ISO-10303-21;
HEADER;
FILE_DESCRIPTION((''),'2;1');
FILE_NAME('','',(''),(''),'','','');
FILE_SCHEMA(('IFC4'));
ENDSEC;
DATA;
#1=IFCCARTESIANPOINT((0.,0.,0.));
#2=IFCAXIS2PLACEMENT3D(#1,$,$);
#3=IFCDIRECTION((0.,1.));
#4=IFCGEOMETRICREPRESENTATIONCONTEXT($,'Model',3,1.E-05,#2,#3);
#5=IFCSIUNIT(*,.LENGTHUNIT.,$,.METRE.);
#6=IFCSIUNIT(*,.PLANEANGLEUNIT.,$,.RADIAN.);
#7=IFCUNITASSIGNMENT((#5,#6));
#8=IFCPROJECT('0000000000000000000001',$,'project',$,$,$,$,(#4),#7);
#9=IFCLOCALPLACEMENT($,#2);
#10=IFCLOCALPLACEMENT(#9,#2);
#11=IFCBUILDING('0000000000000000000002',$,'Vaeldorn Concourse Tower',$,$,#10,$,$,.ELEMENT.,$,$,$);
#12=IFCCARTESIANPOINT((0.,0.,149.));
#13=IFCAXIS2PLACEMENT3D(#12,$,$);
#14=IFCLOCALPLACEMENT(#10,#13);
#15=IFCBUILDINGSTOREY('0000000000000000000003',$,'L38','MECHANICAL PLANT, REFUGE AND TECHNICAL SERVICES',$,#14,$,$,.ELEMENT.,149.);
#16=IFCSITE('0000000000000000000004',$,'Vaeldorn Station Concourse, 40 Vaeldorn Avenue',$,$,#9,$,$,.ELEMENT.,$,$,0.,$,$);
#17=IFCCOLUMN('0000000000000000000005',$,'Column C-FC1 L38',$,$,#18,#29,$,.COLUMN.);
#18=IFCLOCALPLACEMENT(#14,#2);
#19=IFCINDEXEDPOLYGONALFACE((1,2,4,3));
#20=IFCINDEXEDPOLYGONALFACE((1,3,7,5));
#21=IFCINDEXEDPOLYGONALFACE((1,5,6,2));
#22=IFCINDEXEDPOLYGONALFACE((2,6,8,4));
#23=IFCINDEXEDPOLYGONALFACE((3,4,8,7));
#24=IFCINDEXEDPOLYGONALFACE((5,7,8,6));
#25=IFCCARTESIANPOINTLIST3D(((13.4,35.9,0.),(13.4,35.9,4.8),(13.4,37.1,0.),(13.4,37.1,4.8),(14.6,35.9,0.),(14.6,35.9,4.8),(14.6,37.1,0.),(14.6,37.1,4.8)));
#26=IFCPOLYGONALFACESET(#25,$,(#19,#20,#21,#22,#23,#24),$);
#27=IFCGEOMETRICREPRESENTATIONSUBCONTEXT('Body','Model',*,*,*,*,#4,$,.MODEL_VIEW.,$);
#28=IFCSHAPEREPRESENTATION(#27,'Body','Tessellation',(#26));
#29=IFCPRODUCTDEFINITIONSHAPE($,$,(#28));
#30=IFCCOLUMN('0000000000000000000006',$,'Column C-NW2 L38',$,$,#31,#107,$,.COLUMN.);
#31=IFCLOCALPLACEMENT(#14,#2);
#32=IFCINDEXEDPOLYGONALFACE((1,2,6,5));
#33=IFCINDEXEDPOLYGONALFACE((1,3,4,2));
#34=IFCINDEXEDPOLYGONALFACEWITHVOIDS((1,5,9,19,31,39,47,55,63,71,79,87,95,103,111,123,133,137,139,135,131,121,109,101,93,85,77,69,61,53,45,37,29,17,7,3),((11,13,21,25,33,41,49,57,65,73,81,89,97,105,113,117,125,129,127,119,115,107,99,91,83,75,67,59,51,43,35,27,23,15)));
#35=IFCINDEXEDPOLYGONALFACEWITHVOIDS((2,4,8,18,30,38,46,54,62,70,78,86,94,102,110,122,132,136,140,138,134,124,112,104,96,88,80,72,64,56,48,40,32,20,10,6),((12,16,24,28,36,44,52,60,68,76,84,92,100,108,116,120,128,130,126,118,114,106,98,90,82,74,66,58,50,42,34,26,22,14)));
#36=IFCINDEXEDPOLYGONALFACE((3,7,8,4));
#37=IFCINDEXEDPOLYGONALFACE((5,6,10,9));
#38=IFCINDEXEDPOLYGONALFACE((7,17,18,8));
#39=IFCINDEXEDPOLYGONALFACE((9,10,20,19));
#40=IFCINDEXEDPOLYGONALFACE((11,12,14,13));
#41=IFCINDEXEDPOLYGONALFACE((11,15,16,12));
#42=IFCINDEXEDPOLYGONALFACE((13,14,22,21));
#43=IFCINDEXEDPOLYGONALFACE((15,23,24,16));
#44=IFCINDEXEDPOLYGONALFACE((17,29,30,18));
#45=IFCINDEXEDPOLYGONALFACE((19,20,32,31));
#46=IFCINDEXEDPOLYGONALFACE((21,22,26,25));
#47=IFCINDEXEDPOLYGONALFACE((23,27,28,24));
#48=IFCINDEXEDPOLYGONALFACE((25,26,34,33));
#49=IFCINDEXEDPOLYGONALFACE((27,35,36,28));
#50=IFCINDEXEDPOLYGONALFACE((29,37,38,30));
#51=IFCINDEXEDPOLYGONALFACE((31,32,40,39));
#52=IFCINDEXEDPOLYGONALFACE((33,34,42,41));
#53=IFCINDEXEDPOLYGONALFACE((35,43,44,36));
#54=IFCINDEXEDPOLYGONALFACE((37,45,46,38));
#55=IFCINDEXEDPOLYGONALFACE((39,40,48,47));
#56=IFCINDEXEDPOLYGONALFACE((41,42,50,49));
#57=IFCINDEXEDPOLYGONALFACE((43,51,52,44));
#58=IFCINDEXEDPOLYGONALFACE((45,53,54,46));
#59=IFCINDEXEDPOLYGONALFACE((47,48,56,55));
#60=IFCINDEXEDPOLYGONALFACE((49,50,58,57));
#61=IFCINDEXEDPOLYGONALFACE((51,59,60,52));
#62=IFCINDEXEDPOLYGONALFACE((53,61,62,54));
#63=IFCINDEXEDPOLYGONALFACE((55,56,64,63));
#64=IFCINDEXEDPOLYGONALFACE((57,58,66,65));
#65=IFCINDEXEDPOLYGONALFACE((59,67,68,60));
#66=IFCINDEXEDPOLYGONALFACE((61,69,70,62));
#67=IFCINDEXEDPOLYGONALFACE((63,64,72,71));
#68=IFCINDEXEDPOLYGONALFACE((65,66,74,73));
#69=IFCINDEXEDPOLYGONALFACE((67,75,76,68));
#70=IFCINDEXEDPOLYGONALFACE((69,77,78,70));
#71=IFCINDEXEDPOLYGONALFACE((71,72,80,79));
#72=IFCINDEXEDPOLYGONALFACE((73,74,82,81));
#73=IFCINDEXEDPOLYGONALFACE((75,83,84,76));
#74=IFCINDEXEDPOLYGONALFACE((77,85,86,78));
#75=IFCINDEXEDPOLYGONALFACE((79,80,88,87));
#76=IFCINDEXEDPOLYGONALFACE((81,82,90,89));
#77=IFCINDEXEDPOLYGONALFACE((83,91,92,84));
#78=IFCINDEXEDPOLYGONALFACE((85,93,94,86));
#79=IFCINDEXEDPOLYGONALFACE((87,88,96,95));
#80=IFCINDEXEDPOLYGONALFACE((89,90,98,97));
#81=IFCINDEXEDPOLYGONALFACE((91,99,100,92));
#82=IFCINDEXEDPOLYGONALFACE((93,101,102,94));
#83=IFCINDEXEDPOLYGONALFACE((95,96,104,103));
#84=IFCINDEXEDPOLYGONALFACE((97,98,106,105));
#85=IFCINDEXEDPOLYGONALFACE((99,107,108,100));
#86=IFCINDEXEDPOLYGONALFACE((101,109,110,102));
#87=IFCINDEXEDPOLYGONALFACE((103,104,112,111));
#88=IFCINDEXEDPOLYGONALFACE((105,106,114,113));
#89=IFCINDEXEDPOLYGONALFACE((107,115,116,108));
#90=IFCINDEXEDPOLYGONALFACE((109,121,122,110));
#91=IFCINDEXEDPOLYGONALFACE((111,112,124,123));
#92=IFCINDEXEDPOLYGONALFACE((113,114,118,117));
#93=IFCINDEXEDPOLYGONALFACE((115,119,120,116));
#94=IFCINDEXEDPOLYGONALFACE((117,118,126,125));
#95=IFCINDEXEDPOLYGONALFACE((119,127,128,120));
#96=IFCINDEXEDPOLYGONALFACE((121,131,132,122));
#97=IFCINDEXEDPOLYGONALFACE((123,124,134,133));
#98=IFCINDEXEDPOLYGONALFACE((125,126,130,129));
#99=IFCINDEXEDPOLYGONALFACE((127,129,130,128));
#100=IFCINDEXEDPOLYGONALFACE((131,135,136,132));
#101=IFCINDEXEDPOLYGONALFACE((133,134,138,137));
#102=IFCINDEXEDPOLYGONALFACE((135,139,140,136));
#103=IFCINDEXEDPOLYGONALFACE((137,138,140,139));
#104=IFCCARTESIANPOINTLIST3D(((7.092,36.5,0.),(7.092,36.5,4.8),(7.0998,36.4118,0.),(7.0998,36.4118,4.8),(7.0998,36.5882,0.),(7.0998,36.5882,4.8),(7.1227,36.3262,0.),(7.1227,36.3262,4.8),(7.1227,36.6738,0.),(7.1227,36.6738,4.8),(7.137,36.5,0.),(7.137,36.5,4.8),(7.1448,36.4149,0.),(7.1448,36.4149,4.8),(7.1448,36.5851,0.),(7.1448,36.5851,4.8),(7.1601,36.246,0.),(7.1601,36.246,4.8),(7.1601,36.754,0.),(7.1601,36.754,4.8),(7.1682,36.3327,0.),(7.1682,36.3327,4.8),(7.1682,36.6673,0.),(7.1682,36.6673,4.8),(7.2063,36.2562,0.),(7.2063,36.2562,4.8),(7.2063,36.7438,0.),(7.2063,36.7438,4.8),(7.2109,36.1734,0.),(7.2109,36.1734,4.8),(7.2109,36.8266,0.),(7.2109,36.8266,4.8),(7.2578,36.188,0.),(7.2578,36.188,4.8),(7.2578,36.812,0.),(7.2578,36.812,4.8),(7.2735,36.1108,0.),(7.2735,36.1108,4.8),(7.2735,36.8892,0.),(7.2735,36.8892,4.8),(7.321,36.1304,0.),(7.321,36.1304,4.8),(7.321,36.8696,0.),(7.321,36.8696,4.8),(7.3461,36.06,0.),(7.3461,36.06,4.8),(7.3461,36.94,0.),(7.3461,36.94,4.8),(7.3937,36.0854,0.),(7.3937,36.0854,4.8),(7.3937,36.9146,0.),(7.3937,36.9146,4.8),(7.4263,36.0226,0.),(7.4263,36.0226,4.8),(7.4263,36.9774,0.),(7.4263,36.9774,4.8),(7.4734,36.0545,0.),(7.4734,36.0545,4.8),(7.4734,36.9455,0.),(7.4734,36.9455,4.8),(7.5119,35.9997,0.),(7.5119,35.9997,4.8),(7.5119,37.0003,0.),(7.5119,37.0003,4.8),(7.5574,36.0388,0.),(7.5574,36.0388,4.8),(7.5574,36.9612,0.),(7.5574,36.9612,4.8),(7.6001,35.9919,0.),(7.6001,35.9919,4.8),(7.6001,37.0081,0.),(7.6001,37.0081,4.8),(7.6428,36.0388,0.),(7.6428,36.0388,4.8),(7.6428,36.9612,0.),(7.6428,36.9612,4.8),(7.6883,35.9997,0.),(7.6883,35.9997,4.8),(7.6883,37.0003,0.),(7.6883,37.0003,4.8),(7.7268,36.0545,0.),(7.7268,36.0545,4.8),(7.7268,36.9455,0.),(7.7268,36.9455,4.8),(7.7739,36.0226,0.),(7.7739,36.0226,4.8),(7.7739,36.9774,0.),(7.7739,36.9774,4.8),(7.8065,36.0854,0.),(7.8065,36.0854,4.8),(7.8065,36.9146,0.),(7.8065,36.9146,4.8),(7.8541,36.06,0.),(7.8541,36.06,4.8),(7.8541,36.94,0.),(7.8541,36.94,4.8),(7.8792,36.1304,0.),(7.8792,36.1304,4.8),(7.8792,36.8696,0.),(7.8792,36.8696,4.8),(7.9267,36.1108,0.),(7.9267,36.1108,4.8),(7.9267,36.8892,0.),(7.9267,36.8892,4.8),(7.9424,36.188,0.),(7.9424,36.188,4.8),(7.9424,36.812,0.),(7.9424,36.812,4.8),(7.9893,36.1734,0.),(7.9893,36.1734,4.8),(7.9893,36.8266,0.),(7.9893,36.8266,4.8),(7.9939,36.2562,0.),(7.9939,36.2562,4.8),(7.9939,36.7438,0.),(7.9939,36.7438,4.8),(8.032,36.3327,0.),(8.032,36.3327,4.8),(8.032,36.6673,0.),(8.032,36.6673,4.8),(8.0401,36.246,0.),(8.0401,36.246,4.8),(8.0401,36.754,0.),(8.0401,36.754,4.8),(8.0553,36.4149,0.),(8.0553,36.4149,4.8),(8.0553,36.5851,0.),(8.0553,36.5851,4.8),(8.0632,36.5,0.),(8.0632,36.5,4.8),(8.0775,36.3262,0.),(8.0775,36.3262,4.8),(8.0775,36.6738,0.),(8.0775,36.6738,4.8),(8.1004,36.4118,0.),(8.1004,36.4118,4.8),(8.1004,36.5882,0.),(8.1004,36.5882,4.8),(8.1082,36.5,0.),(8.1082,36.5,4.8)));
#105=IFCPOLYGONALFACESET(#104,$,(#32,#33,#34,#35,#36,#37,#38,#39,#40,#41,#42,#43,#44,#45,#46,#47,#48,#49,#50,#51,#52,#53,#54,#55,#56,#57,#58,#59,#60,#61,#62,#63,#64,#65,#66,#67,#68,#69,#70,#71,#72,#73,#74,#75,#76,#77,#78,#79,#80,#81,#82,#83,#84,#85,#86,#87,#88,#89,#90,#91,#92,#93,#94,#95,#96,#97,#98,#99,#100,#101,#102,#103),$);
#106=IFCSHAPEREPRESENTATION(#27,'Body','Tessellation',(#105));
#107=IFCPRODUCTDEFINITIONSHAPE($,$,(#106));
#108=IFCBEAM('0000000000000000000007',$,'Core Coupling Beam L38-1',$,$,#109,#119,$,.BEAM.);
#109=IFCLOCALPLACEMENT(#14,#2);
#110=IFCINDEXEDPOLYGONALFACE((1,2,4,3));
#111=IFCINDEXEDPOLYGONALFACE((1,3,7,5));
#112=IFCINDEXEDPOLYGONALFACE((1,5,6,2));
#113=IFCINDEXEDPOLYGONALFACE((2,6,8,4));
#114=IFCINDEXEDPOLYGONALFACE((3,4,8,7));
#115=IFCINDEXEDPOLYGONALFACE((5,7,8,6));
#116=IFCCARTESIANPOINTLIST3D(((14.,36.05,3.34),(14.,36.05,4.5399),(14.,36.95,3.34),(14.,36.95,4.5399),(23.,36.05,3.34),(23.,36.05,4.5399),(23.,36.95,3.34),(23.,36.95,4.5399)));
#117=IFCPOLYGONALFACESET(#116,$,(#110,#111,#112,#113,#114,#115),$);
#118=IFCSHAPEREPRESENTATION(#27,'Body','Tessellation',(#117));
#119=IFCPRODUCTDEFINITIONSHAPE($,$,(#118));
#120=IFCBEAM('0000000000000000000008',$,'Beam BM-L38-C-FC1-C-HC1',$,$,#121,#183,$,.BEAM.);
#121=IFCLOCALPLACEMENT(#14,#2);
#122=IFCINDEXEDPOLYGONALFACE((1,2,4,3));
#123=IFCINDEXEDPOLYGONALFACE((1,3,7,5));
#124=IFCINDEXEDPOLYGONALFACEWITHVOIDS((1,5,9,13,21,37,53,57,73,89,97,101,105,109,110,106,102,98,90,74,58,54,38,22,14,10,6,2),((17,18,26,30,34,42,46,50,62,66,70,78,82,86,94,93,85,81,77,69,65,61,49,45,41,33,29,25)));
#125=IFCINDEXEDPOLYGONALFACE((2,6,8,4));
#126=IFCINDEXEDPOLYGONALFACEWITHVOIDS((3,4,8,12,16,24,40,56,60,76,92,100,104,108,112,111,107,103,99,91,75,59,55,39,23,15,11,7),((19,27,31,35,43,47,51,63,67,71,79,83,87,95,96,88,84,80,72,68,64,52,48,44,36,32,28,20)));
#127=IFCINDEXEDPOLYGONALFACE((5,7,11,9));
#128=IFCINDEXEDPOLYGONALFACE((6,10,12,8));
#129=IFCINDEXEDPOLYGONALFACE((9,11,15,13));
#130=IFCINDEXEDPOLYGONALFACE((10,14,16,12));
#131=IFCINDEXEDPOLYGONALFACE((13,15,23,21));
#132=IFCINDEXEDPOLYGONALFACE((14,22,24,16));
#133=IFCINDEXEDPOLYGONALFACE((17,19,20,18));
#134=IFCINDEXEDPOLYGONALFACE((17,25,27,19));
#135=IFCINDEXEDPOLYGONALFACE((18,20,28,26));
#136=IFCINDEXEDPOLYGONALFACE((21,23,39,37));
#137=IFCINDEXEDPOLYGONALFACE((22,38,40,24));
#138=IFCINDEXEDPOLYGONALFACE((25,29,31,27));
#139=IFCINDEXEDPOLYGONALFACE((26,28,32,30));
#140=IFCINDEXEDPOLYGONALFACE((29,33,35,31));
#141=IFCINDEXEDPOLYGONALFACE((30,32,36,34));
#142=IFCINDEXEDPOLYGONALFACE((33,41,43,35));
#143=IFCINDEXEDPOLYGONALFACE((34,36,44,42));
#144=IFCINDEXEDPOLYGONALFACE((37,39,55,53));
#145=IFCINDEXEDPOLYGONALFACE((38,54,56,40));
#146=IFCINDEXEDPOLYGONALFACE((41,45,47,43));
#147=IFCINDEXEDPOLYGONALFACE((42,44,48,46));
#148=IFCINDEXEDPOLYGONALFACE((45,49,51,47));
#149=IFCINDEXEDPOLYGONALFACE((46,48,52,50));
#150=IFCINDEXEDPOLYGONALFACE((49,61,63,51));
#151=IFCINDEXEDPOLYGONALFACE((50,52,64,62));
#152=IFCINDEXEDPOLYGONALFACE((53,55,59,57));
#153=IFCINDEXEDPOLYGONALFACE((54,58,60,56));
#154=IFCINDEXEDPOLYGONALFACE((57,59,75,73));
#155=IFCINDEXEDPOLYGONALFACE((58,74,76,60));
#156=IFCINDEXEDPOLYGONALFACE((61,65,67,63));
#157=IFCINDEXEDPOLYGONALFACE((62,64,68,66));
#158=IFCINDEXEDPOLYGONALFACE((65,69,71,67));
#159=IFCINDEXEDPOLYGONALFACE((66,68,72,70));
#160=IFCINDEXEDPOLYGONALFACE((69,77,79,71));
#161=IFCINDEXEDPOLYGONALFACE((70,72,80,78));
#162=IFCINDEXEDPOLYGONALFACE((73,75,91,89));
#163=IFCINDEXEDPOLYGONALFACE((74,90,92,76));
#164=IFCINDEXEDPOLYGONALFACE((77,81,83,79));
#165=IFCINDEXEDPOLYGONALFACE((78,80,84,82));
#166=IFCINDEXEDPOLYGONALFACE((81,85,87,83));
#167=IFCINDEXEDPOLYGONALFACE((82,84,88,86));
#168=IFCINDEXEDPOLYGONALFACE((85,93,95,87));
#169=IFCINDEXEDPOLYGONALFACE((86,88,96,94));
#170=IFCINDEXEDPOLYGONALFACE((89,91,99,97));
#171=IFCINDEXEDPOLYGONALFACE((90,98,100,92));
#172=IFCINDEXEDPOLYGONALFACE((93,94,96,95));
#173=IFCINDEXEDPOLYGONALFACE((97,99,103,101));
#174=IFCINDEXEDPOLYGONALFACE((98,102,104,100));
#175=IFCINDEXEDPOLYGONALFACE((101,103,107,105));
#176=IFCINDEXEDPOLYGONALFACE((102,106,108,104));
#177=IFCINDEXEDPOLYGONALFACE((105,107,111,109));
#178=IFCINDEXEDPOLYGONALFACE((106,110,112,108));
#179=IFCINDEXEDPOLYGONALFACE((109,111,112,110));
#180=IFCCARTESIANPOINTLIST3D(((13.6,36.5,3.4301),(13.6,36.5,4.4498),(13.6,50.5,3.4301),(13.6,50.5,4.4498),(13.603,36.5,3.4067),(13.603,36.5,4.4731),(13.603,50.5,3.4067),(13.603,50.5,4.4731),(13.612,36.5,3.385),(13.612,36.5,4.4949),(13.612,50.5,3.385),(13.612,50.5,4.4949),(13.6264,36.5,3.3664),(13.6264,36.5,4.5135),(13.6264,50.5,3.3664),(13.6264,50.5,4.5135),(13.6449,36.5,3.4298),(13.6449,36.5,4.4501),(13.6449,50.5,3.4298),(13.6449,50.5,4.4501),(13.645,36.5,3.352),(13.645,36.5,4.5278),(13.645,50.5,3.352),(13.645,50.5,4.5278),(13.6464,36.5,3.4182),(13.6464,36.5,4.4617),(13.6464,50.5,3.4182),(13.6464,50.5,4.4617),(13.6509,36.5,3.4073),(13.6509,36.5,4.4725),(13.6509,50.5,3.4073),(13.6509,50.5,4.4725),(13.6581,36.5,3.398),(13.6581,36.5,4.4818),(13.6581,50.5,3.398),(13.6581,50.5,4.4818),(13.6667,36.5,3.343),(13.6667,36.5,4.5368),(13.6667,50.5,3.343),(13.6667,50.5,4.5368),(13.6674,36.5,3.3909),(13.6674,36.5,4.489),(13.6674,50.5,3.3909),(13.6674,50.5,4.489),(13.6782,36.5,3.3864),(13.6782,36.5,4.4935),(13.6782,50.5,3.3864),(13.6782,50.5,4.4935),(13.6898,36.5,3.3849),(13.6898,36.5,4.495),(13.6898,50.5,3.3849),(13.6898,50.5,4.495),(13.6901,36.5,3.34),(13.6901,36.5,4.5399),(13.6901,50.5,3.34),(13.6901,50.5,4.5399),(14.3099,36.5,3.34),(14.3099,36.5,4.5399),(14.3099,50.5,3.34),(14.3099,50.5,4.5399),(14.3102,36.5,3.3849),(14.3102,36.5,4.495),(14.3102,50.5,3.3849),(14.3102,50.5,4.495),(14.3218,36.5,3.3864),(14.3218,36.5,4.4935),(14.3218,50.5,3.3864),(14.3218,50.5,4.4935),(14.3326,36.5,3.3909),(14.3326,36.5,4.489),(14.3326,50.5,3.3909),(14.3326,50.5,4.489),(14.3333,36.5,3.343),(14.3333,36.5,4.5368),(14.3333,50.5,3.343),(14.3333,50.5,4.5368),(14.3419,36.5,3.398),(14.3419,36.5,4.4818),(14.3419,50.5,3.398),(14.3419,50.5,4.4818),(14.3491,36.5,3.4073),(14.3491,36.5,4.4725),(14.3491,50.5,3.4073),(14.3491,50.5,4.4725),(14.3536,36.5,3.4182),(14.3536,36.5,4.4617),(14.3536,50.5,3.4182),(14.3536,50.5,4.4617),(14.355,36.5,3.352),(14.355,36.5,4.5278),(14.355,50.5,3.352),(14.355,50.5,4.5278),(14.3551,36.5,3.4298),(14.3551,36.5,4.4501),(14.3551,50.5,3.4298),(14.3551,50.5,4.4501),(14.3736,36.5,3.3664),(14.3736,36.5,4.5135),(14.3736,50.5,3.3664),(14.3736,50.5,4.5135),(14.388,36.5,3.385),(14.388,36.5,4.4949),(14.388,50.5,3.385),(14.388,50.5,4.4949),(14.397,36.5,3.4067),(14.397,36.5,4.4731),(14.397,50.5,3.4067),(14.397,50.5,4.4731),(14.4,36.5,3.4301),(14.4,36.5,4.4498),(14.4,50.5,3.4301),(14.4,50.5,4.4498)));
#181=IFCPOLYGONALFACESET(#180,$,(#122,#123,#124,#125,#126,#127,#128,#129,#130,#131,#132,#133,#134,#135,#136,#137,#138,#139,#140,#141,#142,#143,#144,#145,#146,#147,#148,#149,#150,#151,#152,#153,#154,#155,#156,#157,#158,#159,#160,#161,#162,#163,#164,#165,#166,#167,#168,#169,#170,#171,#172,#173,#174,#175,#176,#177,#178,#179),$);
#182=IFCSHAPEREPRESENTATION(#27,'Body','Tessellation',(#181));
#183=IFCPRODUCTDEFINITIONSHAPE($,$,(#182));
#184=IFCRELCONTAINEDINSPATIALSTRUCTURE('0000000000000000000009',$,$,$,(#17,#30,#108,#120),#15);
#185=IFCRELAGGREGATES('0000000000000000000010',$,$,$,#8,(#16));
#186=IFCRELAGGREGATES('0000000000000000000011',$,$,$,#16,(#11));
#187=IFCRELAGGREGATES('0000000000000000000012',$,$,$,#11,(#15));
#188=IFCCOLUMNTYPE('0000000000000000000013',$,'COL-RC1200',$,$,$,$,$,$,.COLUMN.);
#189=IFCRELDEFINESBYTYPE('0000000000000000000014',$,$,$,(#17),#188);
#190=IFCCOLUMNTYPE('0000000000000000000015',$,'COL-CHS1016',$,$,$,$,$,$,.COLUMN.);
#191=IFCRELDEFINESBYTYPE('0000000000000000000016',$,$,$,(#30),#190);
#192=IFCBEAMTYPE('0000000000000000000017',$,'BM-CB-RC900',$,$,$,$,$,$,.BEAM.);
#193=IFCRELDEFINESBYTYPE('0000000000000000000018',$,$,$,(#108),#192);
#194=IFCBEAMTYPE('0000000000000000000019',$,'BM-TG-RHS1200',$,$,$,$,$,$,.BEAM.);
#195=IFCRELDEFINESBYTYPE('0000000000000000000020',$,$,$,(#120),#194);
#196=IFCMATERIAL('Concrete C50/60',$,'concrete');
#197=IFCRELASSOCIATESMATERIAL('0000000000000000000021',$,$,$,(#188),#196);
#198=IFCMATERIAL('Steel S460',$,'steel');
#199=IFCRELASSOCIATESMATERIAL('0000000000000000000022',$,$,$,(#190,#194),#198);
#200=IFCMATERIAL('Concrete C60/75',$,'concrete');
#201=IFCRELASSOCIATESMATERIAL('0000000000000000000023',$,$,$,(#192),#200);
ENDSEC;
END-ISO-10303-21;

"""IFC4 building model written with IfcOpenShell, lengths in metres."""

from ifc_helpers import new_model, si_unit, direction, frame, origin, origin_2d, place, context, subcontext, project, spatial, rectangle, hollow_rectangle, hollow_circle, extrude, source, transform, mapped, material, material_profile, profile_set, type_object, element, save


model = new_model("IFC4")

# Units and contexts
model_context = context("Model", 3, precision=1e-05, world=origin(), true_north=direction((0.0, 1.0)))
body_context = subcontext(model_context, "Body", "Model", "MODEL_VIEW")
ifc_project = project(units=[si_unit("LENGTHUNIT", "METRE"), si_unit("PLANEANGLEUNIT", "RADIAN")], contexts=[model_context])

# Site, building, storey
site_placement = place(None, origin())
site = spatial("IfcSite", under=ifc_project, at=site_placement, Name="Vaeldorn Station Concourse, 40 Vaeldorn Avenue", CompositionType="ELEMENT", RefElevation=0.0)
building_placement = place(site_placement, origin())
building = spatial("IfcBuilding", under=site, at=building_placement, Name="Vaeldorn Concourse Tower", CompositionType="ELEMENT")
storey_placement = place(building_placement, frame((0.0, 0.0, 149.0)))
storey = spatial("IfcBuildingStorey", under=building, at=storey_placement, Name="L38", Description="MECHANICAL PLANT, REFUGE AND TECHNICAL SERVICES", CompositionType="ELEMENT", Elevation=149.0)

# Columns
ifc_material_1 = material(Name="Concrete C50/60", Category="concrete")
ifc_material_profile_1 = material_profile(ifc_material_1, rectangle(XDim=1.2, YDim=1.2, at=origin_2d()), Name="RC 1200x1200")
ifc_profile_set_1 = profile_set([ifc_material_profile_1], Name="Concrete C50/60")
column_type_1 = type_object("IfcColumnType", Name="COL-RC1200", PredefinedType="COLUMN", material=ifc_profile_set_1)
shared_shape_1 = source(origin(), body_context, "Body", "SweptSolid", [
    extrude(rectangle(XDim=1.2, YDim=1.2, at=origin_2d()), origin(), (0.0, 0.0, 1.0), 4.8),
])
column_1_placement = place(storey_placement, frame((14.0, 36.5, 0.0), z_axis=(0.0, 0.0, 1.0), x_axis=(1.0, 0.0, 0.0)))
element("IfcColumn", 1, at=column_1_placement, inside=storey, type_object=column_type_1, Name="Column C-FC1 L38", PredefinedType="COLUMN", context=body_context, shape_type="MappedRepresentation", body=[
    mapped(shared_shape_1, transform((0.0, 0.0, 0.0), scale=1.0)),
])
ifc_material_2 = material(Name="Steel S460", Category="steel")
ifc_material_profile_2 = material_profile(ifc_material_2, hollow_circle(Radius=0.5081, WallThickness=0.0449, at=origin_2d()), Name="CHS 1016x45")
ifc_profile_set_2 = profile_set([ifc_material_profile_2], Name="Steel S460")
column_type_2 = type_object("IfcColumnType", Name="COL-CHS1016", PredefinedType="COLUMN", material=ifc_profile_set_2)
shared_shape_2 = source(origin(), body_context, "Body", "SweptSolid", [
    extrude(hollow_circle(Radius=0.5081, WallThickness=0.0449, at=origin_2d()), origin(), (0.0, 0.0, 1.0), 4.8),
])
column_2_placement = place(storey_placement, frame((7.6001, 36.5, 0.0), z_axis=(0.0, 0.0, 1.0), x_axis=(1.0, 0.0, 0.0)))
element("IfcColumn", 2, at=column_2_placement, inside=storey, type_object=column_type_2, Name="Column C-NW2 L38", PredefinedType="COLUMN", context=body_context, shape_type="MappedRepresentation", body=[
    mapped(shared_shape_2, transform((0.0, 0.0, 0.0), scale=1.0)),
])

# Beams
ifc_material_3 = material(Name="Concrete C60/75", Category="concrete")
ifc_material_profile_3 = material_profile(ifc_material_3, rectangle(XDim=0.8999, YDim=1.2, at=origin_2d()), Name="RC 900x1200")
ifc_profile_set_3 = profile_set([ifc_material_profile_3], Name="Concrete C60/75")
beam_type_1 = type_object("IfcBeamType", Name="BM-CB-RC900", PredefinedType="BEAM", material=ifc_profile_set_3)
shared_shape_3 = source(origin(), body_context, "Body", "SweptSolid", [
    extrude(rectangle(XDim=0.8999, YDim=1.2, at=origin_2d()), origin(), (0.0, 0.0, 1.0), 9.0),
])
beam_1_placement = place(storey_placement, frame((14.0, 36.5, 3.9399), z_axis=(1.0, 0.0, 0.0), x_axis=(0.0, 1.0, 0.0)))
element("IfcBeam", 3, at=beam_1_placement, inside=storey, type_object=beam_type_1, Name="Core Coupling Beam L38-1", PredefinedType="BEAM", context=body_context, shape_type="MappedRepresentation", body=[
    mapped(shared_shape_3, transform((0.0, 0.0, 0.0), scale=1.0)),
])
ifc_material_profile_4 = material_profile(ifc_material_2, hollow_rectangle(XDim=0.8, YDim=1.2, WallThickness=0.0449, InnerFilletRadius=0.0449, OuterFilletRadius=0.0901, at=origin_2d()), Name="RHS 1200x800x45")
ifc_profile_set_4 = profile_set([ifc_material_profile_4], Name="Steel S460")
beam_type_2 = type_object("IfcBeamType", Name="BM-TG-RHS1200", PredefinedType="BEAM", material=ifc_profile_set_4)
shared_shape_4 = source(origin(), body_context, "Body", "SweptSolid", [
    extrude(hollow_rectangle(XDim=0.8, YDim=1.2, WallThickness=0.0449, InnerFilletRadius=0.0449, OuterFilletRadius=0.0901, at=origin_2d()), origin(), (0.0, 0.0, 1.0), 14.0),
])
beam_2_placement = place(storey_placement, frame((14.0, 36.5, 3.9399), z_axis=(0.0, 1.0, 0.0), x_axis=(-1.0, 0.0, 0.0)))
element("IfcBeam", 4, at=beam_2_placement, inside=storey, type_object=beam_type_2, Name="Beam BM-L38-C-FC1-C-HC1", PredefinedType="BEAM", context=body_context, shape_type="MappedRepresentation", body=[
    mapped(shared_shape_4, transform((0.0, 0.0, 0.0), scale=1.0)),
])

save(model, "model.ifc")
